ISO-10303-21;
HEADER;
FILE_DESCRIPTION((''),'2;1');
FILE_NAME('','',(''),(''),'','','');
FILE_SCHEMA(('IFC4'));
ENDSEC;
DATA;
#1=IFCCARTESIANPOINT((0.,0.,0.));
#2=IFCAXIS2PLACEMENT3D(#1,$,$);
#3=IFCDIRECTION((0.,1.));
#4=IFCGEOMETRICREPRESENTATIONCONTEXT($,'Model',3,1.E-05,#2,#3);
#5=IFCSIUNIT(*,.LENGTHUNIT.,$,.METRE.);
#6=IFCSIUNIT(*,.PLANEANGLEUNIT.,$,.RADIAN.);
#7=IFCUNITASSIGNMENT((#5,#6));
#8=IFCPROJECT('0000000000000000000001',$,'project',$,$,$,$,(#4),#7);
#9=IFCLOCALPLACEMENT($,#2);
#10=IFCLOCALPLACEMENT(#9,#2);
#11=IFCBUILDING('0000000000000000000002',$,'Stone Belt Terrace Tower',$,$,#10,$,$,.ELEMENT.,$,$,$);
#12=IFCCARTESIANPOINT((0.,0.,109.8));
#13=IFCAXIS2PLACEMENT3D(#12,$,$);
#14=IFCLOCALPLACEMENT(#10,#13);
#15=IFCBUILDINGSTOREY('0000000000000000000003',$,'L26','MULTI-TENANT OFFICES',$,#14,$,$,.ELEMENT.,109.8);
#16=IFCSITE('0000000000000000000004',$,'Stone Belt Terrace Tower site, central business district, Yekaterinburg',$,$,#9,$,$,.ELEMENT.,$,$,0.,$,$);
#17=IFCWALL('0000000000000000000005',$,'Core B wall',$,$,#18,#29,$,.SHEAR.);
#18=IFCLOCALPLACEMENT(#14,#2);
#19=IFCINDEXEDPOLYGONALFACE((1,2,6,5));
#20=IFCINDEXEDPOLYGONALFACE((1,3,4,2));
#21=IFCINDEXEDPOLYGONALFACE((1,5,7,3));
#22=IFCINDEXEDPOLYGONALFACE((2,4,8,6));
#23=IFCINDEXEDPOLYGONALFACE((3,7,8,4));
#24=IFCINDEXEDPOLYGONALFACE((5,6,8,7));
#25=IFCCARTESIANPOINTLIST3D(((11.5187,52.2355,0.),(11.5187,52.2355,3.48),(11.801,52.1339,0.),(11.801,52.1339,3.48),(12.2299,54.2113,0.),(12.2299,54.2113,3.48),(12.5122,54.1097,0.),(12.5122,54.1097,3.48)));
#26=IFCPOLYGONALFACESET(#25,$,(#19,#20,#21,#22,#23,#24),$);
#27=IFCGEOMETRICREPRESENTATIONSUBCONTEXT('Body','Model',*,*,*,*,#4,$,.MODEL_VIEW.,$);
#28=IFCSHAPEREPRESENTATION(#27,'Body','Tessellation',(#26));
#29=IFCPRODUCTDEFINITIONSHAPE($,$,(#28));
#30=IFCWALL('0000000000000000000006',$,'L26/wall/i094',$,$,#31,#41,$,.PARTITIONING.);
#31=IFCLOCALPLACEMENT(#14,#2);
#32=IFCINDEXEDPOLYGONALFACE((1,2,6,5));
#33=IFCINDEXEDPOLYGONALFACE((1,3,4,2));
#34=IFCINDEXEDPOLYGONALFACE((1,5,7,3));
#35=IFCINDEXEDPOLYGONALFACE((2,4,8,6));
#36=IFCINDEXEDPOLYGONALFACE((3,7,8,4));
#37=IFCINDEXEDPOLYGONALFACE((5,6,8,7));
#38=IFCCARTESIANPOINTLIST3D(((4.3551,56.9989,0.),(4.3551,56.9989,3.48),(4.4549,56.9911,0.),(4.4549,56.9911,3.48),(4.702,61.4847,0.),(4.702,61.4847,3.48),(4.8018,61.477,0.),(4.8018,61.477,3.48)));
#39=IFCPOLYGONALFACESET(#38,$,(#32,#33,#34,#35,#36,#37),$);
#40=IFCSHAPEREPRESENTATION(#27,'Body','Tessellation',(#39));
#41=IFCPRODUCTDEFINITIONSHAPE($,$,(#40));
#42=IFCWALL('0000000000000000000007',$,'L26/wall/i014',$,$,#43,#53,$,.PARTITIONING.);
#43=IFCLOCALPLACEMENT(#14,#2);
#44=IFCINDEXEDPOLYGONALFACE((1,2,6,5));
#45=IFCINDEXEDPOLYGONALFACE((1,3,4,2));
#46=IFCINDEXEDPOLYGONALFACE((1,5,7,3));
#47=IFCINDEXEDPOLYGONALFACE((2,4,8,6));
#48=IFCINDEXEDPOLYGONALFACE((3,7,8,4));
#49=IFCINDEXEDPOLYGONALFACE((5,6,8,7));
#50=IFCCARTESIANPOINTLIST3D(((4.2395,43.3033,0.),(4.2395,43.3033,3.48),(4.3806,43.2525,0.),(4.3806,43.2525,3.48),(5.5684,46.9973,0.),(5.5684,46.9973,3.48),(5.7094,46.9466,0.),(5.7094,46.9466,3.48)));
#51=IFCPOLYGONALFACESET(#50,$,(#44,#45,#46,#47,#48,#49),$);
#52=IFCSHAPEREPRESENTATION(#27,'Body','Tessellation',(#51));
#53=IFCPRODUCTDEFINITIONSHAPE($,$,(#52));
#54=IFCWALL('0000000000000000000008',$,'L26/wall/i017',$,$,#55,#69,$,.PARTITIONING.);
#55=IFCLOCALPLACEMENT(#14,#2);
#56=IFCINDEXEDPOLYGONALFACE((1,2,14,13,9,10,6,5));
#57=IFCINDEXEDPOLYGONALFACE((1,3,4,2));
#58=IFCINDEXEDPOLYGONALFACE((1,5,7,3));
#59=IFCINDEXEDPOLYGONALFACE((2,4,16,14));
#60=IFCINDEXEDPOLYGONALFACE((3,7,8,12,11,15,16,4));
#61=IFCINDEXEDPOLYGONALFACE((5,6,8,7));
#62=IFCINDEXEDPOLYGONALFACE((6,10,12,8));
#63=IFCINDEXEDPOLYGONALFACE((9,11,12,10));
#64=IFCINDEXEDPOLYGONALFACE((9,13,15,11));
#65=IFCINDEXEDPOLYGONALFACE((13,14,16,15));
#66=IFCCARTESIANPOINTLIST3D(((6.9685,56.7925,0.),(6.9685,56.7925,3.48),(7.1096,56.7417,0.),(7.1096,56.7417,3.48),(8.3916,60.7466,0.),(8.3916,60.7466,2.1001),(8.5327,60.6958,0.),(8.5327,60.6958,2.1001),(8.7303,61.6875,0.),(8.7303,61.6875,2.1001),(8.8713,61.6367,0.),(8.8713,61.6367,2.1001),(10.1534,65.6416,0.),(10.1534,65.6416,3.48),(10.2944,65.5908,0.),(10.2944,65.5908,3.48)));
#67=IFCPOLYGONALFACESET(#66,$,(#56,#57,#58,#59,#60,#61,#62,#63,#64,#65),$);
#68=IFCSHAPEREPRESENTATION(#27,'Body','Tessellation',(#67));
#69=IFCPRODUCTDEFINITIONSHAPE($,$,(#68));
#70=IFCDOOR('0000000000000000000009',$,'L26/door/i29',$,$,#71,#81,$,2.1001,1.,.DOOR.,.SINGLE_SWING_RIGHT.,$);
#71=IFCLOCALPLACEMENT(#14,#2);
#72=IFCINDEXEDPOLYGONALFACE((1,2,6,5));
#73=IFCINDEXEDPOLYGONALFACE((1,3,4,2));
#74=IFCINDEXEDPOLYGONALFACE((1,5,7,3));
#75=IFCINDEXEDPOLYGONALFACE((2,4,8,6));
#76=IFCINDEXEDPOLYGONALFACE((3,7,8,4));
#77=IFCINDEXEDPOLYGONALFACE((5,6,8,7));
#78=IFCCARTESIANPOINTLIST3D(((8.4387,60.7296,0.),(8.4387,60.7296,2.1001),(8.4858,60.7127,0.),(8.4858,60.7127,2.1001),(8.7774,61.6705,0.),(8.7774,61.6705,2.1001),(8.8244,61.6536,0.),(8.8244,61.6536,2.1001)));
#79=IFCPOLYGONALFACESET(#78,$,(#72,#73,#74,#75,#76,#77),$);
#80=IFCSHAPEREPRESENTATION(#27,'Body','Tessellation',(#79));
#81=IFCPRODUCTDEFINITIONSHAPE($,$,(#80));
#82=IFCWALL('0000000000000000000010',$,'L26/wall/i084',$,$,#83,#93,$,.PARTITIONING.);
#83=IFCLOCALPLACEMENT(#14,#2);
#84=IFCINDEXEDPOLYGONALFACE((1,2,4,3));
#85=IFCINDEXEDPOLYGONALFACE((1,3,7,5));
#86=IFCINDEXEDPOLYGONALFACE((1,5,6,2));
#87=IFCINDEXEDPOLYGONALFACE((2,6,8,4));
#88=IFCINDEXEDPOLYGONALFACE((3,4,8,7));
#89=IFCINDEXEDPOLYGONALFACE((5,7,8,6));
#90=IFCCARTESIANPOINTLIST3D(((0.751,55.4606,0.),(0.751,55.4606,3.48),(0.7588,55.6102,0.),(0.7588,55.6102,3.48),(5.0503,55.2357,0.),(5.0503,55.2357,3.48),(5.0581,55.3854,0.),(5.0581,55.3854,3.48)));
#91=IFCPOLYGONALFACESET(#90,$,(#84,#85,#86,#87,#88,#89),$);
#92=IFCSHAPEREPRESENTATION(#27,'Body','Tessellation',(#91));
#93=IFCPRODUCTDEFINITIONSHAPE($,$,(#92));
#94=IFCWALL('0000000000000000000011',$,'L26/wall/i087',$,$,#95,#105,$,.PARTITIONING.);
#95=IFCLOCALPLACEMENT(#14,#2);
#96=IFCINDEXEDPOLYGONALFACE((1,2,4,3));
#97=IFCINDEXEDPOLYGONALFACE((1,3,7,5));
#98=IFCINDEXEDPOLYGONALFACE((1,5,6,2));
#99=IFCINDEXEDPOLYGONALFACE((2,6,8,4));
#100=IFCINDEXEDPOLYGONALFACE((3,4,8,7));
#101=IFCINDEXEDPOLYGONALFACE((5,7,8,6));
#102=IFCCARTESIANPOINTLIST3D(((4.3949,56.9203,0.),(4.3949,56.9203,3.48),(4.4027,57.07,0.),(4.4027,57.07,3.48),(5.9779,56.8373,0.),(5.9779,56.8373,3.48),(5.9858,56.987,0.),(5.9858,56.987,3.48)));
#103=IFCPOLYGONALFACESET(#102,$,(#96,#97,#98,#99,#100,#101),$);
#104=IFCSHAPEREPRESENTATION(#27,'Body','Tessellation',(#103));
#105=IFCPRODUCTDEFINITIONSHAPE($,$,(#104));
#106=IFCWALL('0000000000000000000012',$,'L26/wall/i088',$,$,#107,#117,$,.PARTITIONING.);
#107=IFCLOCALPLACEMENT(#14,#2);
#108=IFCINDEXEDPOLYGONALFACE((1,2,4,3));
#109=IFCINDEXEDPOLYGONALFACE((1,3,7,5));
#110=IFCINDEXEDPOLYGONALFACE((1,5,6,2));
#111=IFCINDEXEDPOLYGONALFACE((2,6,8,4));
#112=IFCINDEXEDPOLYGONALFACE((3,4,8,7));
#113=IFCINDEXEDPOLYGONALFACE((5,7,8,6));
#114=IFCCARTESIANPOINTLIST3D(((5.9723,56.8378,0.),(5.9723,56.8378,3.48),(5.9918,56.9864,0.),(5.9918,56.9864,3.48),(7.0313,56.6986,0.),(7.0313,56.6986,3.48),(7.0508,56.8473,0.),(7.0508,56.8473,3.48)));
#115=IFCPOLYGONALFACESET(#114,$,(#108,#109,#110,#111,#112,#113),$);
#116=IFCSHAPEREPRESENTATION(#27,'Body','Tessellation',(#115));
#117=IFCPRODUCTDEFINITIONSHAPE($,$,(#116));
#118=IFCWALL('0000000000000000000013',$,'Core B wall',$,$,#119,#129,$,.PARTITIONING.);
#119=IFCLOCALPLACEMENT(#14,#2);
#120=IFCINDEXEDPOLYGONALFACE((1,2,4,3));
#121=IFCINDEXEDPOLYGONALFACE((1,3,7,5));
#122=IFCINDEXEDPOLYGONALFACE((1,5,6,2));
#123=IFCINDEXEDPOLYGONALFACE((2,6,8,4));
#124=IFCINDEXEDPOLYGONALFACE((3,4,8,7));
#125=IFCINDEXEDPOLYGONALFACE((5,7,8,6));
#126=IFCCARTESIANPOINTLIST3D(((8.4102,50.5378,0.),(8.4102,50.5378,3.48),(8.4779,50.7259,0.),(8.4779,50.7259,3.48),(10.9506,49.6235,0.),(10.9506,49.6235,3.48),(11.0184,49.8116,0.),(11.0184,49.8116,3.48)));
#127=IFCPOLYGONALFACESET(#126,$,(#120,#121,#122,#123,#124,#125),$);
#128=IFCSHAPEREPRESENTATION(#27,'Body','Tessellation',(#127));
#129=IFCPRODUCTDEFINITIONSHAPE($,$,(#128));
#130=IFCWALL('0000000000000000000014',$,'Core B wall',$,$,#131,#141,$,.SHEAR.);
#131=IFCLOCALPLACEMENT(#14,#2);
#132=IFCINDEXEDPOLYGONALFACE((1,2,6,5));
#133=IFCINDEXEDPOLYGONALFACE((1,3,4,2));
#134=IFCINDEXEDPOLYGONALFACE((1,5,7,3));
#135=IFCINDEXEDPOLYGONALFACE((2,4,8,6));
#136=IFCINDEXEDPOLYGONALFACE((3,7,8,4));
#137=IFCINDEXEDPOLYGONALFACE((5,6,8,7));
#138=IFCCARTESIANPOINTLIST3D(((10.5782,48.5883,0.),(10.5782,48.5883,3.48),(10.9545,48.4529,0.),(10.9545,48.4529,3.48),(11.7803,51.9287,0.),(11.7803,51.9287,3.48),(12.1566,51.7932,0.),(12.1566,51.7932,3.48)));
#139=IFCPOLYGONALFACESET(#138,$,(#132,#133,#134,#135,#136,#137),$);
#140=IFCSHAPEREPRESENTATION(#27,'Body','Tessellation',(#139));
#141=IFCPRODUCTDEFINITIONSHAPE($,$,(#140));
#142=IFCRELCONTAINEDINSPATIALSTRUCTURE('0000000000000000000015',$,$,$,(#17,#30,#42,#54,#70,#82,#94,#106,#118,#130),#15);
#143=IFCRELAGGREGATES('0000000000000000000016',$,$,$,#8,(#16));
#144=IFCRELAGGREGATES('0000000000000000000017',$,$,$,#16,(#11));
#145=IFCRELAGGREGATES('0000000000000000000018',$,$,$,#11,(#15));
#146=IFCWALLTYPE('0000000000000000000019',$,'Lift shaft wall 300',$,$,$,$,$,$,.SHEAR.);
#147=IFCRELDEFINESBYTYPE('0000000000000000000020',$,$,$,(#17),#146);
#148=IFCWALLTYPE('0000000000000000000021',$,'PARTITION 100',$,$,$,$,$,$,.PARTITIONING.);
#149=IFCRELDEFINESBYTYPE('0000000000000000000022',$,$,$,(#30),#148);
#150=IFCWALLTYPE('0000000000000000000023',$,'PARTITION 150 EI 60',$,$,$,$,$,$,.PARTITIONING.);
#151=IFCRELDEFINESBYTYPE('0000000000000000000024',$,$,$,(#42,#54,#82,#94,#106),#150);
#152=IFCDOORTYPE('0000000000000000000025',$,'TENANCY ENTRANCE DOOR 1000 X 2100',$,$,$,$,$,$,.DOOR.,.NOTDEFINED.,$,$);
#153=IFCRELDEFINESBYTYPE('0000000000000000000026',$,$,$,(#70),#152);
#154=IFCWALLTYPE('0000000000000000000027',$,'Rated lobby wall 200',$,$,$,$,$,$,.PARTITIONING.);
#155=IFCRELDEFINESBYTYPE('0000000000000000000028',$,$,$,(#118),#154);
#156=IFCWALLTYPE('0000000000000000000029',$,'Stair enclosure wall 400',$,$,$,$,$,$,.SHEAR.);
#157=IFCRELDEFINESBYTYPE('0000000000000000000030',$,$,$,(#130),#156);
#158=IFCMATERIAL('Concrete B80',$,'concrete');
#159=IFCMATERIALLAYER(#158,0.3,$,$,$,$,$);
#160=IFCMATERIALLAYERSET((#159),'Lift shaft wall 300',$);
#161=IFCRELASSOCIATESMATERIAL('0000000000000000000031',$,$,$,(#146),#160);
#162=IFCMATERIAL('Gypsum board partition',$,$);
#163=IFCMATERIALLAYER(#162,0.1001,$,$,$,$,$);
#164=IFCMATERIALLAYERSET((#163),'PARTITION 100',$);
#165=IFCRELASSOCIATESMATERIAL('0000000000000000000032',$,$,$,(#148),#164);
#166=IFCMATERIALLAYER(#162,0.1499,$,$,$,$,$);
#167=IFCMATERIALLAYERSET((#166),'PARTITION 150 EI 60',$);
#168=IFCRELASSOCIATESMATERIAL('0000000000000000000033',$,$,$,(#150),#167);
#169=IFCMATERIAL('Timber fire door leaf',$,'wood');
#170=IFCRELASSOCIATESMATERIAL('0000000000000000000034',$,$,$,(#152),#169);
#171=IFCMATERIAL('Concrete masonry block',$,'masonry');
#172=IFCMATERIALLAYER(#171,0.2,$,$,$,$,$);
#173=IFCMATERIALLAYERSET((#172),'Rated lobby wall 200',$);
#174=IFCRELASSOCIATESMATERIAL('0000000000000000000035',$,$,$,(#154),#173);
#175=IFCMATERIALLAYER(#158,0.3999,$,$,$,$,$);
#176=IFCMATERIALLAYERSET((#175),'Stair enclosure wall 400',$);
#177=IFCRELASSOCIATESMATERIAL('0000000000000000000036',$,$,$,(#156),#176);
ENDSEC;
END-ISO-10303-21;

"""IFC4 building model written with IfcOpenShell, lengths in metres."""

from ifc_helpers import new_model, si_unit, direction, frame, frame_2d, origin, place, context, subcontext, project, spatial, rectangle, extrude, material, layer, layer_set, type_object, element, fill, save


model = new_model("IFC4")

# Units and contexts
model_context = context("Model", 3, precision=1e-05, world=origin(), true_north=direction((0.0, 1.0)))
body_context = subcontext(model_context, "Body", "Model", "MODEL_VIEW")
ifc_project = project(units=[si_unit("LENGTHUNIT", "METRE"), si_unit("PLANEANGLEUNIT", "RADIAN")], contexts=[model_context])

# Site, building, storey
site_placement = place(None, origin())
site = spatial("IfcSite", under=ifc_project, at=site_placement, Name="Stone Belt Terrace Tower site, central business district, Yekaterinburg", CompositionType="ELEMENT", RefElevation=0.0)
building_placement = place(site_placement, origin())
building = spatial("IfcBuilding", under=site, at=building_placement, Name="Stone Belt Terrace Tower", CompositionType="ELEMENT")
storey_placement = place(building_placement, frame((0.0, 0.0, 109.8)))
storey = spatial("IfcBuildingStorey", under=building, at=storey_placement, Name="L26", Description="MULTI-TENANT OFFICES", CompositionType="ELEMENT", Elevation=109.8)

# Shared definitions
ifc_material_1 = material(Name="Concrete B80", Category="concrete")

# Walls
ifc_layer_1 = layer(ifc_material_1, 0.3)
ifc_layer_set_1 = layer_set([ifc_layer_1], Name="Lift shaft wall 300")
wall_type_1 = type_object("IfcWallType", Name="Lift shaft wall 300", PredefinedType="SHEAR", material=ifc_layer_set_1)
wall_1_placement = place(storey_placement, frame((11.6599, 52.1848, 0.0), z_axis=(0.0, 0.0, 1.0), x_axis=(0.33867, 0.940905, 0.0)))
element("IfcWall", 1, at=wall_1_placement, inside=storey, type_object=wall_type_1, Name="Core B wall", PredefinedType="SHEAR", context=body_context, shape_type="SweptSolid", body=[
    extrude(rectangle(XDim=2.0999, YDim=0.3, at=frame_2d((1.0498, 0.0))), origin(), (0.0, 0.0, 1.0), 3.48),
])
ifc_material_2 = material(Name="Gypsum board partition")
ifc_layer_2 = layer(ifc_material_2, 0.1001)
ifc_layer_set_2 = layer_set([ifc_layer_2], Name="PARTITION 100")
wall_type_2 = type_object("IfcWallType", Name="PARTITION 100", PredefinedType="PARTITIONING", material=ifc_layer_set_2)
wall_2_placement = place(storey_placement, frame((4.405, 56.9951, 0.0), z_axis=(0.0, 0.0, 1.0), x_axis=(0.077107, 0.997023, 0.0)))
element("IfcWall", 2, at=wall_2_placement, inside=storey, type_object=wall_type_2, Name="L26/wall/i094", PredefinedType="PARTITIONING", context=body_context, shape_type="SweptSolid", body=[
    extrude(rectangle(XDim=4.4993, YDim=0.1001, at=frame_2d((2.2495, 0.0))), origin(), (0.0, 0.0, 1.0), 3.48),
])
ifc_layer_3 = layer(ifc_material_2, 0.1499)
ifc_layer_set_3 = layer_set([ifc_layer_3], Name="PARTITION 150 EI 60")
wall_type_3 = type_object("IfcWallType", Name="PARTITION 150 EI 60", PredefinedType="PARTITIONING", material=ifc_layer_set_3)
wall_3_placement = place(storey_placement, frame((5.6389, 46.9719, 0.0), z_axis=(0.0, 0.0, 1.0), x_axis=(-0.33849, -0.94097, 0.0)))
element("IfcWall", 3, at=wall_3_placement, inside=storey, type_object=wall_type_3, Name="L26/wall/i014", PredefinedType="PARTITIONING", context=body_context, shape_type="SweptSolid", body=[
    extrude(rectangle(XDim=3.9258, YDim=0.1499, at=frame_2d((1.9629, 0.0))), origin(), (0.0, 0.0, 1.0), 3.48),
])

# Wall, opening, door
wall_4_placement = place(storey_placement, frame((7.0391, 56.7671, 0.0), z_axis=(0.0, 0.0, 1.0), x_axis=(0.338638, 0.940917, 0.0)))
wall_4 = element("IfcWall", 4, at=wall_4_placement, inside=storey, type_object=wall_type_3, Name="L26/wall/i017", PredefinedType="PARTITIONING", context=body_context, shape_type="SweptSolid", body=[
    extrude(rectangle(XDim=9.4048, YDim=0.1499, at=frame_2d((4.7024, 0.0))), origin(), (0.0, 0.0, 1.0), 3.48),
])
opening_1_placement = place(wall_4_placement, frame((4.2024, 0.0, 0.0)))
opening_1 = element("IfcOpeningElement", 5, at=opening_1_placement, cuts=wall_4, PredefinedType="OPENING", context=body_context, shape_type="SweptSolid", body=[
    extrude(rectangle(XDim=1.0, YDim=2.1001, at=frame_2d((0.5, 1.05))), frame((0.0, 0.085, 0.0), z_axis=(0.0, -1.0, 0.0), x_axis=(1.0, 0.0, 0.0)), (0.0, 0.0, 1.0), 0.1699),
])
ifc_material_3 = material(Name="Timber fire door leaf", Category="wood")
door_type_1 = type_object("IfcDoorType", Name="TENANCY ENTRANCE DOOR 1000 X 2100", OperationType="NOTDEFINED", PredefinedType="DOOR", material=ifc_material_3)
door_1_placement = place(opening_1_placement, origin())
door_1 = element("IfcDoor", 6, at=door_1_placement, inside=storey, type_object=door_type_1, Name="L26/door/i29", OperationType="SINGLE_SWING_RIGHT", OverallHeight=2.1001, OverallWidth=1.0, PredefinedType="DOOR", context=body_context, shape_type="SweptSolid", body=[
    extrude(rectangle(XDim=1.0, YDim=2.1001, at=frame_2d((0.5, 1.05))), frame((0.0, 0.0249, 0.0), z_axis=(0.0, -1.0, 0.0), x_axis=(1.0, 0.0, 0.0)), (0.0, 0.0, 1.0), 0.05),
])
fill(opening_1, door_1)

# Walls
wall_5_placement = place(storey_placement, frame((5.0542, 55.3105, 0.0), z_axis=(0.0, 0.0, 1.0), x_axis=(-0.998635, 0.052228, 0.0)))
element("IfcWall", 7, at=wall_5_placement, inside=storey, type_object=wall_type_3, Name="L26/wall/i084", PredefinedType="PARTITIONING", context=body_context, shape_type="SweptSolid", body=[
    extrude(rectangle(XDim=4.3052, YDim=0.1499, at=frame_2d((2.1526, 0.0))), origin(), (0.0, 0.0, 1.0), 3.48),
])
wall_6_placement = place(storey_placement, frame((4.3989, 56.9951, 0.0), z_axis=(0.0, 0.0, 1.0), x_axis=(0.998628, -0.052365, 0.0)))
element("IfcWall", 8, at=wall_6_placement, inside=storey, type_object=wall_type_3, Name="L26/wall/i087", PredefinedType="PARTITIONING", context=body_context, shape_type="SweptSolid", body=[
    extrude(rectangle(XDim=1.5852, YDim=0.1499, at=frame_2d((0.7925, 0.0))), origin(), (0.0, 0.0, 1.0), 3.48),
])
wall_7_placement = place(storey_placement, frame((5.9819, 56.9121, 0.0), z_axis=(0.0, 0.0, 1.0), x_axis=(0.991478, -0.130277, 0.0)))
element("IfcWall", 9, at=wall_7_placement, inside=storey, type_object=wall_type_3, Name="L26/wall/i088", PredefinedType="PARTITIONING", context=body_context, shape_type="SweptSolid", body=[
    extrude(rectangle(XDim=1.0681, YDim=0.1499, at=frame_2d((0.5342, 0.0))), origin(), (0.0, 0.0, 1.0), 3.48),
])
ifc_material_4 = material(Name="Concrete masonry block", Category="masonry")
ifc_layer_4 = layer(ifc_material_4, 0.2)
ifc_layer_set_4 = layer_set([ifc_layer_4], Name="Rated lobby wall 200")
wall_type_4 = type_object("IfcWallType", Name="Rated lobby wall 200", PredefinedType="PARTITIONING", material=ifc_layer_set_4)
wall_8_placement = place(storey_placement, frame((10.9846, 49.7175, 0.0), z_axis=(0.0, 0.0, 1.0), x_axis=(-0.940921, 0.338627, 0.0)))
element("IfcWall", 10, at=wall_8_placement, inside=storey, type_object=wall_type_4, Name="Core B wall", PredefinedType="PARTITIONING", context=body_context, shape_type="SweptSolid", body=[
    extrude(rectangle(XDim=2.7, YDim=0.2, at=frame_2d((1.3501, 0.0))), origin(), (0.0, 0.0, 1.0), 3.48),
])
ifc_layer_5 = layer(ifc_material_1, 0.3999)
ifc_layer_set_5 = layer_set([ifc_layer_5], Name="Stair enclosure wall 400")
wall_type_5 = type_object("IfcWallType", Name="Stair enclosure wall 400", PredefinedType="SHEAR", material=ifc_layer_set_5)
wall_9_placement = place(storey_placement, frame((10.7664, 48.5208, 0.0), z_axis=(0.0, 0.0, 1.0), x_axis=(0.338627, 0.940921, 0.0)))
element("IfcWall", 11, at=wall_9_placement, inside=storey, type_object=wall_type_5, Name="Core B wall", PredefinedType="SHEAR", context=body_context, shape_type="SweptSolid", body=[
    extrude(rectangle(XDim=3.55, YDim=0.3999, at=frame_2d((1.7749, 0.0))), origin(), (0.0, 0.0, 1.0), 3.48),
])

save(model, "model.ifc")
